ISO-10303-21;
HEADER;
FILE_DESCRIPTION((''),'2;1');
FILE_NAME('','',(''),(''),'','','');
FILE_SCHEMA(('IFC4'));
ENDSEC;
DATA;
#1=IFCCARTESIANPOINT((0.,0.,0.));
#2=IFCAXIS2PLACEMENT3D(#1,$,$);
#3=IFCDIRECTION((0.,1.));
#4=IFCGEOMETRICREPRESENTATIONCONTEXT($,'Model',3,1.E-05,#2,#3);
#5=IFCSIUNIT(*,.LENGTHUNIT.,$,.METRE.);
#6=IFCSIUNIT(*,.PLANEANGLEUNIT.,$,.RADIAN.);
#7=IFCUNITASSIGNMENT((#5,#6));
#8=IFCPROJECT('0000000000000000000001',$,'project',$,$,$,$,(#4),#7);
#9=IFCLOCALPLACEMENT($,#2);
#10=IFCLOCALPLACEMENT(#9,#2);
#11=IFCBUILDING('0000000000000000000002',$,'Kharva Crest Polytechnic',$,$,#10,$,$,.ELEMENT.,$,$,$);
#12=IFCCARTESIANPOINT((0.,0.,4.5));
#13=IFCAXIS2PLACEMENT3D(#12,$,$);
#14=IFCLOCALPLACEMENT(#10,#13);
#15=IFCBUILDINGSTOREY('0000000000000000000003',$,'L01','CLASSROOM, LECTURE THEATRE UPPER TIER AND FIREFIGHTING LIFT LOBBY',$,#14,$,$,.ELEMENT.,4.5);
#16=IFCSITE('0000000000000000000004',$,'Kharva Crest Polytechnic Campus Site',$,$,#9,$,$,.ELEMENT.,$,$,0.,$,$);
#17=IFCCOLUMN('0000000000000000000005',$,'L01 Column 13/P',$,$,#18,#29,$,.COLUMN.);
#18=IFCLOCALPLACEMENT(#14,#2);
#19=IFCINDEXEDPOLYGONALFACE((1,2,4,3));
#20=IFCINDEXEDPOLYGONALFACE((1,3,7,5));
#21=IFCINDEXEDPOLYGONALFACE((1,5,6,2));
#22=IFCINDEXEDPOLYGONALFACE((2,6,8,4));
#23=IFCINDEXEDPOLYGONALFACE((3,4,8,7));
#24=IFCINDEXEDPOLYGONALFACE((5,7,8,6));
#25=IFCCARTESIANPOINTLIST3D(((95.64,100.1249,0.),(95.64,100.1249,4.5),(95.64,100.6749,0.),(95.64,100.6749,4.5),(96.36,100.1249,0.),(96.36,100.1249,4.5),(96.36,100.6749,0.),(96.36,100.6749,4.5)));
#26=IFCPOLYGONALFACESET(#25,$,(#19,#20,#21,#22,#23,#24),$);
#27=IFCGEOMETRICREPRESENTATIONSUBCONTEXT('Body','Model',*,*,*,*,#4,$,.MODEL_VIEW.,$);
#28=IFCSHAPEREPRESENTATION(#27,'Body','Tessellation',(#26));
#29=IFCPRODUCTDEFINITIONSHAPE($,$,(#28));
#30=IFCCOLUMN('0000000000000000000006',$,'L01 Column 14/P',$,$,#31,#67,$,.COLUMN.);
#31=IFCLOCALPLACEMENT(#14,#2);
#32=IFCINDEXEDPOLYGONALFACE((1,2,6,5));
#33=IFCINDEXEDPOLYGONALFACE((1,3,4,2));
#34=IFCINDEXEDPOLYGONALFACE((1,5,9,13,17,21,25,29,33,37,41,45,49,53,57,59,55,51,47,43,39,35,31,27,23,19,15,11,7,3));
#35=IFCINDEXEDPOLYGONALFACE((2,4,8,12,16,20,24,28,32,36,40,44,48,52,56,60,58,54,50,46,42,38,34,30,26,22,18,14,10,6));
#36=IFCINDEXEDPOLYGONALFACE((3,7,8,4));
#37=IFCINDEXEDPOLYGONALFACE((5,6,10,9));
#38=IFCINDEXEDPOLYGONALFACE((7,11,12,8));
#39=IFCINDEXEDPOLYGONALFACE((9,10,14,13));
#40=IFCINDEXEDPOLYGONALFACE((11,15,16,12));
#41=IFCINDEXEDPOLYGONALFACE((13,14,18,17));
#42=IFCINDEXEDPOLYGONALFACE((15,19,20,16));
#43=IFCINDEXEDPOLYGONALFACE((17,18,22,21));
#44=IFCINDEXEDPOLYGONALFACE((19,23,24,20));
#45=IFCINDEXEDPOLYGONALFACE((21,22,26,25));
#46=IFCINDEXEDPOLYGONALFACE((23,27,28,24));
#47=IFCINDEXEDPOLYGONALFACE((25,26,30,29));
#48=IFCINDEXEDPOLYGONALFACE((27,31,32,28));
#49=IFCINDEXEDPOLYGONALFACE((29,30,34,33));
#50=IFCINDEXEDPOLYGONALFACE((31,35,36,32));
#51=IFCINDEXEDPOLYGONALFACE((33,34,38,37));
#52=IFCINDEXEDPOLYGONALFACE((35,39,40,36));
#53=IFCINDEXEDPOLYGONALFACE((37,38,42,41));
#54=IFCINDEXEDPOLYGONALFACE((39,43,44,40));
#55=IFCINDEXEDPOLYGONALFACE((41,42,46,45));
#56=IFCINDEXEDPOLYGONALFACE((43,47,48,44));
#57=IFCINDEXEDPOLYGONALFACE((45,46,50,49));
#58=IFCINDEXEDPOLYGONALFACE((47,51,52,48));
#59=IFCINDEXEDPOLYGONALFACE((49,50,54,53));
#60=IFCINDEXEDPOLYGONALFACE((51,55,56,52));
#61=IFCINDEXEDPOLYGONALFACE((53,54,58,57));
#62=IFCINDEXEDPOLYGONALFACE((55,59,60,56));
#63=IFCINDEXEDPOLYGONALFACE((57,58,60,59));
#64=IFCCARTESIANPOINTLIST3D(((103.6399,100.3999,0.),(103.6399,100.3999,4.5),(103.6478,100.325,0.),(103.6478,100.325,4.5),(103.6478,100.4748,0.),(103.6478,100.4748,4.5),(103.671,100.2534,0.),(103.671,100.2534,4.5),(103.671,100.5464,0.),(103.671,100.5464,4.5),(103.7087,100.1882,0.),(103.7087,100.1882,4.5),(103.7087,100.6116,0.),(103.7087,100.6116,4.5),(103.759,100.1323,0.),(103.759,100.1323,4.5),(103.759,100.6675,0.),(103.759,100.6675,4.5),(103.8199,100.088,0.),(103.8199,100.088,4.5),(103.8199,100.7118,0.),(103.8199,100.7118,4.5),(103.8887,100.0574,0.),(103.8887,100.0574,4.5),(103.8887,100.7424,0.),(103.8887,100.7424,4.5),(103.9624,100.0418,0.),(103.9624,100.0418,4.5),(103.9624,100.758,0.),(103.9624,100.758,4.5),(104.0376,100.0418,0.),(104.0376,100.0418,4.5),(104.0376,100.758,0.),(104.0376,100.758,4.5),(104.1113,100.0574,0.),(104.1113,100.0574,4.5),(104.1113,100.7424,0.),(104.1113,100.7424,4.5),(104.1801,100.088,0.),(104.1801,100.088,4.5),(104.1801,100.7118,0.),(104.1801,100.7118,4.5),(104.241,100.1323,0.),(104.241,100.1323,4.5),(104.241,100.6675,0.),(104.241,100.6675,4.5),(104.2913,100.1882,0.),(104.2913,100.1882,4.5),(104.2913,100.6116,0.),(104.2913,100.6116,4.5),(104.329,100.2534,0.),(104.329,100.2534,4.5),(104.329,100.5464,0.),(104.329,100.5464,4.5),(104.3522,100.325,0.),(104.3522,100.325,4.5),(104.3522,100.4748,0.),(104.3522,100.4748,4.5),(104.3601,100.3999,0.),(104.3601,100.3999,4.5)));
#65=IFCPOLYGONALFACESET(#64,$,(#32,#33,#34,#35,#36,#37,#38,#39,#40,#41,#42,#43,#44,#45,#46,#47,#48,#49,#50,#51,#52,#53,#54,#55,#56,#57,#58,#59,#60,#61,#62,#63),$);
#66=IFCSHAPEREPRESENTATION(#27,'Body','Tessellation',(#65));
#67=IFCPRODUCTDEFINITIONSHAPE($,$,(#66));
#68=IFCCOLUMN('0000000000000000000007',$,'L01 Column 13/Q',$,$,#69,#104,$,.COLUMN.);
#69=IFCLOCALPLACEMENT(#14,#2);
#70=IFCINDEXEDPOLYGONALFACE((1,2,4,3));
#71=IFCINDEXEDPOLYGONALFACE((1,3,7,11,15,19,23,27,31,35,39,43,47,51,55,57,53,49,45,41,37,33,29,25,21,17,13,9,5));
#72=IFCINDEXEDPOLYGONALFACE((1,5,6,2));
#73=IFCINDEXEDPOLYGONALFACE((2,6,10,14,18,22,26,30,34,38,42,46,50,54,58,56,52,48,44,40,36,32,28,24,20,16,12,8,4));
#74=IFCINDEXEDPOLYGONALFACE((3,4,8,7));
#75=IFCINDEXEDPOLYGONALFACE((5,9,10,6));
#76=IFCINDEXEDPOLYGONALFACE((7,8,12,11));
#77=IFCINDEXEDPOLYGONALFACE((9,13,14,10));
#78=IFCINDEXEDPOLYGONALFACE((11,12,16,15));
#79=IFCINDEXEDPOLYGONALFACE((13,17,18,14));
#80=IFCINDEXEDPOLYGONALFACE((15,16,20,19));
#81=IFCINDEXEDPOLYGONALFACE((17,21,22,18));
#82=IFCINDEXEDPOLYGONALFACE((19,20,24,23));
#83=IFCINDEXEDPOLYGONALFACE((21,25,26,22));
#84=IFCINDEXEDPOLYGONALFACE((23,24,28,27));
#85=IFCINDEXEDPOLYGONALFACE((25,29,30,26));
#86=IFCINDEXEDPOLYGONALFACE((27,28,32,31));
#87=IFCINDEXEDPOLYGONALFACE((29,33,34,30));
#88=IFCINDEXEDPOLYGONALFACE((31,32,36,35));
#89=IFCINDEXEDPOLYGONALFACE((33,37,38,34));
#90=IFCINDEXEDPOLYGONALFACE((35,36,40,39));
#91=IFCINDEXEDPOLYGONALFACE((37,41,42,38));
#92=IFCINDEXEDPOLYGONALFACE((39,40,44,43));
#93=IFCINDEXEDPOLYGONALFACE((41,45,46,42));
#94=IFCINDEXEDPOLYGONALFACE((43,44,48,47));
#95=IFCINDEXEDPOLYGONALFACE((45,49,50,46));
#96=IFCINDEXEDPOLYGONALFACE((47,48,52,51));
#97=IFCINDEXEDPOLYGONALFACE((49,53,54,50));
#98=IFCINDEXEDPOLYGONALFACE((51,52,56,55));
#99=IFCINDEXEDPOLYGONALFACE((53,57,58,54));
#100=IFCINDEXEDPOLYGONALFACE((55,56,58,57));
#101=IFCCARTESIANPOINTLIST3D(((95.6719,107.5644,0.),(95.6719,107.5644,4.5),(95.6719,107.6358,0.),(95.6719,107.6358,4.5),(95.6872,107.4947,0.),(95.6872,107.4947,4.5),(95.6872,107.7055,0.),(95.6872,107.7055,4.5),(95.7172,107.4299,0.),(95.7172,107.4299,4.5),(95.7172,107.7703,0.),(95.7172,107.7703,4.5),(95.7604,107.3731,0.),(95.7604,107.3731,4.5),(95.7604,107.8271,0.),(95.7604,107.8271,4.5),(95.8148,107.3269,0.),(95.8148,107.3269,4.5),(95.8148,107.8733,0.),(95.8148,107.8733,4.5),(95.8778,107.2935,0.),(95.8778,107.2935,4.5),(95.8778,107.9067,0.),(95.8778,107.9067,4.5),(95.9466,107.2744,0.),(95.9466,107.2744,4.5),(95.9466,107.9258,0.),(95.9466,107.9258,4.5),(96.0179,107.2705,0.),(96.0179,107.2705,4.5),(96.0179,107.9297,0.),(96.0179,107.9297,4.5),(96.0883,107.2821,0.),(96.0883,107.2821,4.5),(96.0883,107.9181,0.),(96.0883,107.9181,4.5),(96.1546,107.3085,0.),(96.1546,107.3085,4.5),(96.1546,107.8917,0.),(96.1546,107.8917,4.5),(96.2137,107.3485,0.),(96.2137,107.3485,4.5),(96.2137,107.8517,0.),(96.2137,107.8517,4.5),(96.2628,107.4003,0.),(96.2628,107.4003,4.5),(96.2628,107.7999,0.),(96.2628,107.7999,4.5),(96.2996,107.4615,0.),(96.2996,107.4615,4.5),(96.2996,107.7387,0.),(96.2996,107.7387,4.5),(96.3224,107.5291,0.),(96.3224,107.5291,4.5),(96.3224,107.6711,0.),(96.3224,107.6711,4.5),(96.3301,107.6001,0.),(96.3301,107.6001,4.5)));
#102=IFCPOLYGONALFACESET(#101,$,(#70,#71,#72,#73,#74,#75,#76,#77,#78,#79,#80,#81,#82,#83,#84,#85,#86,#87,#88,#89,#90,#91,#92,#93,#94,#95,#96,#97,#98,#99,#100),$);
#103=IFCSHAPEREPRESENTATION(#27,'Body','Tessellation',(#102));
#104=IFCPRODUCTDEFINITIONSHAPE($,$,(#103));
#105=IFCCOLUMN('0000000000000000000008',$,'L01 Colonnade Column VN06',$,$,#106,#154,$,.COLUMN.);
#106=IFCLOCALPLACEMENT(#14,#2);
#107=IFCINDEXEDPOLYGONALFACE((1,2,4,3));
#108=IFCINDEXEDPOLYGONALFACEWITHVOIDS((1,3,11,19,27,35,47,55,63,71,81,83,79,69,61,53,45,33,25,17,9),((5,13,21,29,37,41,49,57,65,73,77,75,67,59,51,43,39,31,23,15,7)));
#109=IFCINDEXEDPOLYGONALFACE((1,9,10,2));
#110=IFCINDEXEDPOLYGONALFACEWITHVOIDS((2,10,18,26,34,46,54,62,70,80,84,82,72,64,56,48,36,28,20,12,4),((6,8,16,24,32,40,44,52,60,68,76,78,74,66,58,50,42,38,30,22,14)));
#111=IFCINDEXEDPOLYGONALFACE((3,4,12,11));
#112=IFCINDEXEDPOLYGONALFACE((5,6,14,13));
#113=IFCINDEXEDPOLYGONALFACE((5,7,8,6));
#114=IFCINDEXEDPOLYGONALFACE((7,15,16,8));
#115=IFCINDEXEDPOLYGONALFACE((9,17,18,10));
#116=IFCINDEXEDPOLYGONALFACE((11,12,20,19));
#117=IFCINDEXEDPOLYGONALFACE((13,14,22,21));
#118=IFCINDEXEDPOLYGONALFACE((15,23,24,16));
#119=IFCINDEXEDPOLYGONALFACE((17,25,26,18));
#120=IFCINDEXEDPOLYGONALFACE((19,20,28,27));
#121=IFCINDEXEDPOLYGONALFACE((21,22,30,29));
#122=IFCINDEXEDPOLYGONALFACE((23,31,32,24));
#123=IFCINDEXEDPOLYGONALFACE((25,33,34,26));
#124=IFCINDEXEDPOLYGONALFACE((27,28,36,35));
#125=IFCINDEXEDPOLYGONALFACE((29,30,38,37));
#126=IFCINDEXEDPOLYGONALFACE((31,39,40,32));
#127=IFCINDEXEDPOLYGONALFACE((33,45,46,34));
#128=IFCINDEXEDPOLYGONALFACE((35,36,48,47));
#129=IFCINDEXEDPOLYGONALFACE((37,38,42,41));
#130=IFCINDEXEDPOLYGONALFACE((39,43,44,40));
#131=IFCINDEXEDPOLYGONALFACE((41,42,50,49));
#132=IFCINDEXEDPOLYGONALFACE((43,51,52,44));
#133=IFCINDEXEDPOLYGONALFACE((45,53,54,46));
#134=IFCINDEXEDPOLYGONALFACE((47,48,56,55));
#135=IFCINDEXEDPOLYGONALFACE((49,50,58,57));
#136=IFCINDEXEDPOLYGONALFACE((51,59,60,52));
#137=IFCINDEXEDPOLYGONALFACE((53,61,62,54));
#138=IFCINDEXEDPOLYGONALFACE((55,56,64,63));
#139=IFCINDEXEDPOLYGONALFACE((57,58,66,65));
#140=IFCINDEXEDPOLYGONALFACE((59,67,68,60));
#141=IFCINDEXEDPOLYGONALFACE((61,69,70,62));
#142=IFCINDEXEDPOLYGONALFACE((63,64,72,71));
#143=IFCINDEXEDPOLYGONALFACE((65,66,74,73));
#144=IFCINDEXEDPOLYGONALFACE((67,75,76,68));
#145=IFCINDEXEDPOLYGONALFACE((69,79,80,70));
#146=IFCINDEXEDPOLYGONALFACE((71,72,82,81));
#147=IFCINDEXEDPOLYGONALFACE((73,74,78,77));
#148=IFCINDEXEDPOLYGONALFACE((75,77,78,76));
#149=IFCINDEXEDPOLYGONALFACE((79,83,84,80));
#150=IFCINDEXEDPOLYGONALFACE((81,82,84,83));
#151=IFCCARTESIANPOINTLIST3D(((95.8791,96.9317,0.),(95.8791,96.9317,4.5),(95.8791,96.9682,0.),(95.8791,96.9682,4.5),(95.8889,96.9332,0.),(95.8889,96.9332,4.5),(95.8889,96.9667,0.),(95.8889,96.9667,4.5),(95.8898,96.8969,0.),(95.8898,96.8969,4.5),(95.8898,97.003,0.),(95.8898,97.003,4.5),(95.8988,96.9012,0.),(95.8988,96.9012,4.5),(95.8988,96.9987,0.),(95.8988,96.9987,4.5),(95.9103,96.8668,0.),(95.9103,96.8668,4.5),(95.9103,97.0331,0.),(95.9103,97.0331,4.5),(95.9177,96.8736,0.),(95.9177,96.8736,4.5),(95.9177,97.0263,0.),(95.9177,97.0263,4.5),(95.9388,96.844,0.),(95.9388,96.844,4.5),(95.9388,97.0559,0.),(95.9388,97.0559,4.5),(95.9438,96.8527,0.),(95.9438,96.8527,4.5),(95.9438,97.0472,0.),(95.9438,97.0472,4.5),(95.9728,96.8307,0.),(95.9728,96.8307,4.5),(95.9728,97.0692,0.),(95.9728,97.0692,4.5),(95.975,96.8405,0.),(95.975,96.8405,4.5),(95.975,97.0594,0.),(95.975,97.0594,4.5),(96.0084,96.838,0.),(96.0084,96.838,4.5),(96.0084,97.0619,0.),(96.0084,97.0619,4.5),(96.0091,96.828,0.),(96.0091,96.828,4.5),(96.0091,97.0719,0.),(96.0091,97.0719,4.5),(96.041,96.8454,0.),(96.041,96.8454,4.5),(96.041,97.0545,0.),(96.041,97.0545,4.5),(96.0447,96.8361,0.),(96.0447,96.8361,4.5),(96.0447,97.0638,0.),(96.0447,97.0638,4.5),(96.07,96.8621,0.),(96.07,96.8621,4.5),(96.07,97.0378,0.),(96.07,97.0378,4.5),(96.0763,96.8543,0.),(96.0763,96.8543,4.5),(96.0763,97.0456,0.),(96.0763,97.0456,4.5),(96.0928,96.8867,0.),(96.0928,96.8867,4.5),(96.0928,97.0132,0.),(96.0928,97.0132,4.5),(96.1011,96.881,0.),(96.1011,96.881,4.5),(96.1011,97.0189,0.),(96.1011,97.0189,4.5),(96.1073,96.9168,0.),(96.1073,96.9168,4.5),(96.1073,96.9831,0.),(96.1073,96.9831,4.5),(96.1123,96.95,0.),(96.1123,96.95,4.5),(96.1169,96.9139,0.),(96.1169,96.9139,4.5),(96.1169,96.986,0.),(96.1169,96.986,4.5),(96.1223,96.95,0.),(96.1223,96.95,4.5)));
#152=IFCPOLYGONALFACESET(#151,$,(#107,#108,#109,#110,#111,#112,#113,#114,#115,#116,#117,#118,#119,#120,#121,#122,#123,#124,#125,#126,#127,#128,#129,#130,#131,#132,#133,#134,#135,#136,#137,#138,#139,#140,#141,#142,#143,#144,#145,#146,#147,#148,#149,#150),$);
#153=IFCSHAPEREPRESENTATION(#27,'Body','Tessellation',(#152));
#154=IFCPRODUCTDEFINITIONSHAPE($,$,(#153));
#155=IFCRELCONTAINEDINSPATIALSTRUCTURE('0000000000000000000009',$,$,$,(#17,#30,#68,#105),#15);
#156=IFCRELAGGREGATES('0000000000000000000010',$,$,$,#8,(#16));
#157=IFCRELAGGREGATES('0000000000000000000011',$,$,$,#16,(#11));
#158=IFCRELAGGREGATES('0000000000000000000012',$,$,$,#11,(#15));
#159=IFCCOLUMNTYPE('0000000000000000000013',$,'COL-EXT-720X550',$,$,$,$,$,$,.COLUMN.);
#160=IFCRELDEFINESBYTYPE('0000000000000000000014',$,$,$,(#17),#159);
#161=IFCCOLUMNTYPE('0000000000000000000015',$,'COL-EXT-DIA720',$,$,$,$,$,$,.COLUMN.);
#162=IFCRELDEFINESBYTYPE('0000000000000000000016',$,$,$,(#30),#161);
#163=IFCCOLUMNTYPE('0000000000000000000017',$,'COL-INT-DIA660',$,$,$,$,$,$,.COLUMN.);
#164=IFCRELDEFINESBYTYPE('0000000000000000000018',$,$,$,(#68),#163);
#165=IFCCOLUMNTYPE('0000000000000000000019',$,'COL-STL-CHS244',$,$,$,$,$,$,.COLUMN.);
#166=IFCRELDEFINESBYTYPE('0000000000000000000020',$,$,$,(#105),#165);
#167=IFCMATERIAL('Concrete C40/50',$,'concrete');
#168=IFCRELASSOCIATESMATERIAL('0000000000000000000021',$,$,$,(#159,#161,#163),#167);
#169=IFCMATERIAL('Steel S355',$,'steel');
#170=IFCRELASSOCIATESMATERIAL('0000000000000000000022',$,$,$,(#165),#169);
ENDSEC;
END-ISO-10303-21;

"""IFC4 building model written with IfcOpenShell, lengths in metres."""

from ifc_helpers import new_model, si_unit, direction, frame, origin, origin_2d, place, context, subcontext, project, spatial, rectangle, circle, hollow_circle, extrude, material, material_profile, profile_set, type_object, element, save


model = new_model("IFC4")

# Units and contexts
model_context = context("Model", 3, precision=1e-05, world=origin(), true_north=direction((0.0, 1.0)))
body_context = subcontext(model_context, "Body", "Model", "MODEL_VIEW")
ifc_project = project(units=[si_unit("LENGTHUNIT", "METRE"), si_unit("PLANEANGLEUNIT", "RADIAN")], contexts=[model_context])

# Site, building, storey
site_placement = place(None, origin())
site = spatial("IfcSite", under=ifc_project, at=site_placement, Name="Kharva Crest Polytechnic Campus Site", CompositionType="ELEMENT", RefElevation=0.0)
building_placement = place(site_placement, origin())
building = spatial("IfcBuilding", under=site, at=building_placement, Name="Kharva Crest Polytechnic", CompositionType="ELEMENT")
storey_placement = place(building_placement, frame((0.0, 0.0, 4.5)))
storey = spatial("IfcBuildingStorey", under=building, at=storey_placement, Name="L01", Description="CLASSROOM, LECTURE THEATRE UPPER TIER AND FIREFIGHTING LIFT LOBBY", CompositionType="ELEMENT", Elevation=4.5)

# Columns
ifc_material_1 = material(Name="Concrete C40/50", Category="concrete")
ifc_material_profile_1 = material_profile(ifc_material_1, rectangle(XDim=0.72, YDim=0.55, at=origin_2d()), Name="RECT 720 X 550")
ifc_profile_set_1 = profile_set([ifc_material_profile_1], Name="Concrete C40/50")
column_type_1 = type_object("IfcColumnType", Name="COL-EXT-720X550", PredefinedType="COLUMN", material=ifc_profile_set_1)
column_1_placement = place(storey_placement, frame((96.0, 100.3999, 0.0), z_axis=(0.0, 0.0, 1.0), x_axis=(1.0, 0.0, 0.0)))
element("IfcColumn", 1, at=column_1_placement, inside=storey, type_object=column_type_1, Name="L01 Column 13/P", PredefinedType="COLUMN", context=body_context, shape_type="SweptSolid", body=[
    extrude(rectangle(XDim=0.72, YDim=0.55, at=origin_2d()), origin(), (0.0, 0.0, 1.0), 4.5),
])
ifc_material_profile_2 = material_profile(ifc_material_1, circle(Radius=0.3601, at=origin_2d()), Name="DIA 720")
ifc_profile_set_2 = profile_set([ifc_material_profile_2], Name="Concrete C40/50")
column_type_2 = type_object("IfcColumnType", Name="COL-EXT-DIA720", PredefinedType="COLUMN", material=ifc_profile_set_2)
column_2_placement = place(storey_placement, frame((104.0, 100.3999, 0.0), z_axis=(0.0, 0.0, 1.0), x_axis=(1.0, 0.0, 0.0)))
element("IfcColumn", 2, at=column_2_placement, inside=storey, type_object=column_type_2, Name="L01 Column 14/P", PredefinedType="COLUMN", context=body_context, shape_type="SweptSolid", body=[
    extrude(circle(Radius=0.3601, at=origin_2d()), origin(), (0.0, 0.0, 1.0), 4.5),
])
ifc_material_profile_3 = material_profile(ifc_material_1, circle(Radius=0.3301, at=origin_2d()), Name="DIA 660")
ifc_profile_set_3 = profile_set([ifc_material_profile_3], Name="Concrete C40/50")
column_type_3 = type_object("IfcColumnType", Name="COL-INT-DIA660", PredefinedType="COLUMN", material=ifc_profile_set_3)
column_3_placement = place(storey_placement, frame((96.0, 107.6001, 0.0), z_axis=(0.0, 0.0, 1.0), x_axis=(1.0, 0.0, 0.0)))
element("IfcColumn", 3, at=column_3_placement, inside=storey, type_object=column_type_3, Name="L01 Column 13/Q", PredefinedType="COLUMN", context=body_context, shape_type="SweptSolid", body=[
    extrude(circle(Radius=0.3301, at=origin_2d()), origin(), (0.0, 0.0, 1.0), 4.5),
])
ifc_material_2 = material(Name="Steel S355", Category="steel")
ifc_material_profile_4 = material_profile(ifc_material_2, hollow_circle(Radius=0.1223, WallThickness=0.01, at=origin_2d()), Name="CHS 244.5X10.0")
ifc_profile_set_4 = profile_set([ifc_material_profile_4], Name="Steel S355")
column_type_4 = type_object("IfcColumnType", Name="COL-STL-CHS244", PredefinedType="COLUMN", material=ifc_profile_set_4)
for number, where, z_axis, x_axis, name in (
    (4, (96.0, 96.95, 0.0), (0.0, 0.0, 1.0), (1.0, 0.0, 0.0), "L01 Colonnade Column VN06"),
):
    element("IfcColumn", number, at=place(storey_placement, frame(where, z_axis=z_axis, x_axis=x_axis)), inside=storey, type_object=column_type_4, Name=name, PredefinedType="COLUMN", context=body_context, shape_type="SweptSolid", body=[
        extrude(hollow_circle(Radius=0.1223, WallThickness=0.01, at=origin_2d()), origin(), (0.0, 0.0, 1.0), 4.5),
    ])

save(model, "model.ifc")
